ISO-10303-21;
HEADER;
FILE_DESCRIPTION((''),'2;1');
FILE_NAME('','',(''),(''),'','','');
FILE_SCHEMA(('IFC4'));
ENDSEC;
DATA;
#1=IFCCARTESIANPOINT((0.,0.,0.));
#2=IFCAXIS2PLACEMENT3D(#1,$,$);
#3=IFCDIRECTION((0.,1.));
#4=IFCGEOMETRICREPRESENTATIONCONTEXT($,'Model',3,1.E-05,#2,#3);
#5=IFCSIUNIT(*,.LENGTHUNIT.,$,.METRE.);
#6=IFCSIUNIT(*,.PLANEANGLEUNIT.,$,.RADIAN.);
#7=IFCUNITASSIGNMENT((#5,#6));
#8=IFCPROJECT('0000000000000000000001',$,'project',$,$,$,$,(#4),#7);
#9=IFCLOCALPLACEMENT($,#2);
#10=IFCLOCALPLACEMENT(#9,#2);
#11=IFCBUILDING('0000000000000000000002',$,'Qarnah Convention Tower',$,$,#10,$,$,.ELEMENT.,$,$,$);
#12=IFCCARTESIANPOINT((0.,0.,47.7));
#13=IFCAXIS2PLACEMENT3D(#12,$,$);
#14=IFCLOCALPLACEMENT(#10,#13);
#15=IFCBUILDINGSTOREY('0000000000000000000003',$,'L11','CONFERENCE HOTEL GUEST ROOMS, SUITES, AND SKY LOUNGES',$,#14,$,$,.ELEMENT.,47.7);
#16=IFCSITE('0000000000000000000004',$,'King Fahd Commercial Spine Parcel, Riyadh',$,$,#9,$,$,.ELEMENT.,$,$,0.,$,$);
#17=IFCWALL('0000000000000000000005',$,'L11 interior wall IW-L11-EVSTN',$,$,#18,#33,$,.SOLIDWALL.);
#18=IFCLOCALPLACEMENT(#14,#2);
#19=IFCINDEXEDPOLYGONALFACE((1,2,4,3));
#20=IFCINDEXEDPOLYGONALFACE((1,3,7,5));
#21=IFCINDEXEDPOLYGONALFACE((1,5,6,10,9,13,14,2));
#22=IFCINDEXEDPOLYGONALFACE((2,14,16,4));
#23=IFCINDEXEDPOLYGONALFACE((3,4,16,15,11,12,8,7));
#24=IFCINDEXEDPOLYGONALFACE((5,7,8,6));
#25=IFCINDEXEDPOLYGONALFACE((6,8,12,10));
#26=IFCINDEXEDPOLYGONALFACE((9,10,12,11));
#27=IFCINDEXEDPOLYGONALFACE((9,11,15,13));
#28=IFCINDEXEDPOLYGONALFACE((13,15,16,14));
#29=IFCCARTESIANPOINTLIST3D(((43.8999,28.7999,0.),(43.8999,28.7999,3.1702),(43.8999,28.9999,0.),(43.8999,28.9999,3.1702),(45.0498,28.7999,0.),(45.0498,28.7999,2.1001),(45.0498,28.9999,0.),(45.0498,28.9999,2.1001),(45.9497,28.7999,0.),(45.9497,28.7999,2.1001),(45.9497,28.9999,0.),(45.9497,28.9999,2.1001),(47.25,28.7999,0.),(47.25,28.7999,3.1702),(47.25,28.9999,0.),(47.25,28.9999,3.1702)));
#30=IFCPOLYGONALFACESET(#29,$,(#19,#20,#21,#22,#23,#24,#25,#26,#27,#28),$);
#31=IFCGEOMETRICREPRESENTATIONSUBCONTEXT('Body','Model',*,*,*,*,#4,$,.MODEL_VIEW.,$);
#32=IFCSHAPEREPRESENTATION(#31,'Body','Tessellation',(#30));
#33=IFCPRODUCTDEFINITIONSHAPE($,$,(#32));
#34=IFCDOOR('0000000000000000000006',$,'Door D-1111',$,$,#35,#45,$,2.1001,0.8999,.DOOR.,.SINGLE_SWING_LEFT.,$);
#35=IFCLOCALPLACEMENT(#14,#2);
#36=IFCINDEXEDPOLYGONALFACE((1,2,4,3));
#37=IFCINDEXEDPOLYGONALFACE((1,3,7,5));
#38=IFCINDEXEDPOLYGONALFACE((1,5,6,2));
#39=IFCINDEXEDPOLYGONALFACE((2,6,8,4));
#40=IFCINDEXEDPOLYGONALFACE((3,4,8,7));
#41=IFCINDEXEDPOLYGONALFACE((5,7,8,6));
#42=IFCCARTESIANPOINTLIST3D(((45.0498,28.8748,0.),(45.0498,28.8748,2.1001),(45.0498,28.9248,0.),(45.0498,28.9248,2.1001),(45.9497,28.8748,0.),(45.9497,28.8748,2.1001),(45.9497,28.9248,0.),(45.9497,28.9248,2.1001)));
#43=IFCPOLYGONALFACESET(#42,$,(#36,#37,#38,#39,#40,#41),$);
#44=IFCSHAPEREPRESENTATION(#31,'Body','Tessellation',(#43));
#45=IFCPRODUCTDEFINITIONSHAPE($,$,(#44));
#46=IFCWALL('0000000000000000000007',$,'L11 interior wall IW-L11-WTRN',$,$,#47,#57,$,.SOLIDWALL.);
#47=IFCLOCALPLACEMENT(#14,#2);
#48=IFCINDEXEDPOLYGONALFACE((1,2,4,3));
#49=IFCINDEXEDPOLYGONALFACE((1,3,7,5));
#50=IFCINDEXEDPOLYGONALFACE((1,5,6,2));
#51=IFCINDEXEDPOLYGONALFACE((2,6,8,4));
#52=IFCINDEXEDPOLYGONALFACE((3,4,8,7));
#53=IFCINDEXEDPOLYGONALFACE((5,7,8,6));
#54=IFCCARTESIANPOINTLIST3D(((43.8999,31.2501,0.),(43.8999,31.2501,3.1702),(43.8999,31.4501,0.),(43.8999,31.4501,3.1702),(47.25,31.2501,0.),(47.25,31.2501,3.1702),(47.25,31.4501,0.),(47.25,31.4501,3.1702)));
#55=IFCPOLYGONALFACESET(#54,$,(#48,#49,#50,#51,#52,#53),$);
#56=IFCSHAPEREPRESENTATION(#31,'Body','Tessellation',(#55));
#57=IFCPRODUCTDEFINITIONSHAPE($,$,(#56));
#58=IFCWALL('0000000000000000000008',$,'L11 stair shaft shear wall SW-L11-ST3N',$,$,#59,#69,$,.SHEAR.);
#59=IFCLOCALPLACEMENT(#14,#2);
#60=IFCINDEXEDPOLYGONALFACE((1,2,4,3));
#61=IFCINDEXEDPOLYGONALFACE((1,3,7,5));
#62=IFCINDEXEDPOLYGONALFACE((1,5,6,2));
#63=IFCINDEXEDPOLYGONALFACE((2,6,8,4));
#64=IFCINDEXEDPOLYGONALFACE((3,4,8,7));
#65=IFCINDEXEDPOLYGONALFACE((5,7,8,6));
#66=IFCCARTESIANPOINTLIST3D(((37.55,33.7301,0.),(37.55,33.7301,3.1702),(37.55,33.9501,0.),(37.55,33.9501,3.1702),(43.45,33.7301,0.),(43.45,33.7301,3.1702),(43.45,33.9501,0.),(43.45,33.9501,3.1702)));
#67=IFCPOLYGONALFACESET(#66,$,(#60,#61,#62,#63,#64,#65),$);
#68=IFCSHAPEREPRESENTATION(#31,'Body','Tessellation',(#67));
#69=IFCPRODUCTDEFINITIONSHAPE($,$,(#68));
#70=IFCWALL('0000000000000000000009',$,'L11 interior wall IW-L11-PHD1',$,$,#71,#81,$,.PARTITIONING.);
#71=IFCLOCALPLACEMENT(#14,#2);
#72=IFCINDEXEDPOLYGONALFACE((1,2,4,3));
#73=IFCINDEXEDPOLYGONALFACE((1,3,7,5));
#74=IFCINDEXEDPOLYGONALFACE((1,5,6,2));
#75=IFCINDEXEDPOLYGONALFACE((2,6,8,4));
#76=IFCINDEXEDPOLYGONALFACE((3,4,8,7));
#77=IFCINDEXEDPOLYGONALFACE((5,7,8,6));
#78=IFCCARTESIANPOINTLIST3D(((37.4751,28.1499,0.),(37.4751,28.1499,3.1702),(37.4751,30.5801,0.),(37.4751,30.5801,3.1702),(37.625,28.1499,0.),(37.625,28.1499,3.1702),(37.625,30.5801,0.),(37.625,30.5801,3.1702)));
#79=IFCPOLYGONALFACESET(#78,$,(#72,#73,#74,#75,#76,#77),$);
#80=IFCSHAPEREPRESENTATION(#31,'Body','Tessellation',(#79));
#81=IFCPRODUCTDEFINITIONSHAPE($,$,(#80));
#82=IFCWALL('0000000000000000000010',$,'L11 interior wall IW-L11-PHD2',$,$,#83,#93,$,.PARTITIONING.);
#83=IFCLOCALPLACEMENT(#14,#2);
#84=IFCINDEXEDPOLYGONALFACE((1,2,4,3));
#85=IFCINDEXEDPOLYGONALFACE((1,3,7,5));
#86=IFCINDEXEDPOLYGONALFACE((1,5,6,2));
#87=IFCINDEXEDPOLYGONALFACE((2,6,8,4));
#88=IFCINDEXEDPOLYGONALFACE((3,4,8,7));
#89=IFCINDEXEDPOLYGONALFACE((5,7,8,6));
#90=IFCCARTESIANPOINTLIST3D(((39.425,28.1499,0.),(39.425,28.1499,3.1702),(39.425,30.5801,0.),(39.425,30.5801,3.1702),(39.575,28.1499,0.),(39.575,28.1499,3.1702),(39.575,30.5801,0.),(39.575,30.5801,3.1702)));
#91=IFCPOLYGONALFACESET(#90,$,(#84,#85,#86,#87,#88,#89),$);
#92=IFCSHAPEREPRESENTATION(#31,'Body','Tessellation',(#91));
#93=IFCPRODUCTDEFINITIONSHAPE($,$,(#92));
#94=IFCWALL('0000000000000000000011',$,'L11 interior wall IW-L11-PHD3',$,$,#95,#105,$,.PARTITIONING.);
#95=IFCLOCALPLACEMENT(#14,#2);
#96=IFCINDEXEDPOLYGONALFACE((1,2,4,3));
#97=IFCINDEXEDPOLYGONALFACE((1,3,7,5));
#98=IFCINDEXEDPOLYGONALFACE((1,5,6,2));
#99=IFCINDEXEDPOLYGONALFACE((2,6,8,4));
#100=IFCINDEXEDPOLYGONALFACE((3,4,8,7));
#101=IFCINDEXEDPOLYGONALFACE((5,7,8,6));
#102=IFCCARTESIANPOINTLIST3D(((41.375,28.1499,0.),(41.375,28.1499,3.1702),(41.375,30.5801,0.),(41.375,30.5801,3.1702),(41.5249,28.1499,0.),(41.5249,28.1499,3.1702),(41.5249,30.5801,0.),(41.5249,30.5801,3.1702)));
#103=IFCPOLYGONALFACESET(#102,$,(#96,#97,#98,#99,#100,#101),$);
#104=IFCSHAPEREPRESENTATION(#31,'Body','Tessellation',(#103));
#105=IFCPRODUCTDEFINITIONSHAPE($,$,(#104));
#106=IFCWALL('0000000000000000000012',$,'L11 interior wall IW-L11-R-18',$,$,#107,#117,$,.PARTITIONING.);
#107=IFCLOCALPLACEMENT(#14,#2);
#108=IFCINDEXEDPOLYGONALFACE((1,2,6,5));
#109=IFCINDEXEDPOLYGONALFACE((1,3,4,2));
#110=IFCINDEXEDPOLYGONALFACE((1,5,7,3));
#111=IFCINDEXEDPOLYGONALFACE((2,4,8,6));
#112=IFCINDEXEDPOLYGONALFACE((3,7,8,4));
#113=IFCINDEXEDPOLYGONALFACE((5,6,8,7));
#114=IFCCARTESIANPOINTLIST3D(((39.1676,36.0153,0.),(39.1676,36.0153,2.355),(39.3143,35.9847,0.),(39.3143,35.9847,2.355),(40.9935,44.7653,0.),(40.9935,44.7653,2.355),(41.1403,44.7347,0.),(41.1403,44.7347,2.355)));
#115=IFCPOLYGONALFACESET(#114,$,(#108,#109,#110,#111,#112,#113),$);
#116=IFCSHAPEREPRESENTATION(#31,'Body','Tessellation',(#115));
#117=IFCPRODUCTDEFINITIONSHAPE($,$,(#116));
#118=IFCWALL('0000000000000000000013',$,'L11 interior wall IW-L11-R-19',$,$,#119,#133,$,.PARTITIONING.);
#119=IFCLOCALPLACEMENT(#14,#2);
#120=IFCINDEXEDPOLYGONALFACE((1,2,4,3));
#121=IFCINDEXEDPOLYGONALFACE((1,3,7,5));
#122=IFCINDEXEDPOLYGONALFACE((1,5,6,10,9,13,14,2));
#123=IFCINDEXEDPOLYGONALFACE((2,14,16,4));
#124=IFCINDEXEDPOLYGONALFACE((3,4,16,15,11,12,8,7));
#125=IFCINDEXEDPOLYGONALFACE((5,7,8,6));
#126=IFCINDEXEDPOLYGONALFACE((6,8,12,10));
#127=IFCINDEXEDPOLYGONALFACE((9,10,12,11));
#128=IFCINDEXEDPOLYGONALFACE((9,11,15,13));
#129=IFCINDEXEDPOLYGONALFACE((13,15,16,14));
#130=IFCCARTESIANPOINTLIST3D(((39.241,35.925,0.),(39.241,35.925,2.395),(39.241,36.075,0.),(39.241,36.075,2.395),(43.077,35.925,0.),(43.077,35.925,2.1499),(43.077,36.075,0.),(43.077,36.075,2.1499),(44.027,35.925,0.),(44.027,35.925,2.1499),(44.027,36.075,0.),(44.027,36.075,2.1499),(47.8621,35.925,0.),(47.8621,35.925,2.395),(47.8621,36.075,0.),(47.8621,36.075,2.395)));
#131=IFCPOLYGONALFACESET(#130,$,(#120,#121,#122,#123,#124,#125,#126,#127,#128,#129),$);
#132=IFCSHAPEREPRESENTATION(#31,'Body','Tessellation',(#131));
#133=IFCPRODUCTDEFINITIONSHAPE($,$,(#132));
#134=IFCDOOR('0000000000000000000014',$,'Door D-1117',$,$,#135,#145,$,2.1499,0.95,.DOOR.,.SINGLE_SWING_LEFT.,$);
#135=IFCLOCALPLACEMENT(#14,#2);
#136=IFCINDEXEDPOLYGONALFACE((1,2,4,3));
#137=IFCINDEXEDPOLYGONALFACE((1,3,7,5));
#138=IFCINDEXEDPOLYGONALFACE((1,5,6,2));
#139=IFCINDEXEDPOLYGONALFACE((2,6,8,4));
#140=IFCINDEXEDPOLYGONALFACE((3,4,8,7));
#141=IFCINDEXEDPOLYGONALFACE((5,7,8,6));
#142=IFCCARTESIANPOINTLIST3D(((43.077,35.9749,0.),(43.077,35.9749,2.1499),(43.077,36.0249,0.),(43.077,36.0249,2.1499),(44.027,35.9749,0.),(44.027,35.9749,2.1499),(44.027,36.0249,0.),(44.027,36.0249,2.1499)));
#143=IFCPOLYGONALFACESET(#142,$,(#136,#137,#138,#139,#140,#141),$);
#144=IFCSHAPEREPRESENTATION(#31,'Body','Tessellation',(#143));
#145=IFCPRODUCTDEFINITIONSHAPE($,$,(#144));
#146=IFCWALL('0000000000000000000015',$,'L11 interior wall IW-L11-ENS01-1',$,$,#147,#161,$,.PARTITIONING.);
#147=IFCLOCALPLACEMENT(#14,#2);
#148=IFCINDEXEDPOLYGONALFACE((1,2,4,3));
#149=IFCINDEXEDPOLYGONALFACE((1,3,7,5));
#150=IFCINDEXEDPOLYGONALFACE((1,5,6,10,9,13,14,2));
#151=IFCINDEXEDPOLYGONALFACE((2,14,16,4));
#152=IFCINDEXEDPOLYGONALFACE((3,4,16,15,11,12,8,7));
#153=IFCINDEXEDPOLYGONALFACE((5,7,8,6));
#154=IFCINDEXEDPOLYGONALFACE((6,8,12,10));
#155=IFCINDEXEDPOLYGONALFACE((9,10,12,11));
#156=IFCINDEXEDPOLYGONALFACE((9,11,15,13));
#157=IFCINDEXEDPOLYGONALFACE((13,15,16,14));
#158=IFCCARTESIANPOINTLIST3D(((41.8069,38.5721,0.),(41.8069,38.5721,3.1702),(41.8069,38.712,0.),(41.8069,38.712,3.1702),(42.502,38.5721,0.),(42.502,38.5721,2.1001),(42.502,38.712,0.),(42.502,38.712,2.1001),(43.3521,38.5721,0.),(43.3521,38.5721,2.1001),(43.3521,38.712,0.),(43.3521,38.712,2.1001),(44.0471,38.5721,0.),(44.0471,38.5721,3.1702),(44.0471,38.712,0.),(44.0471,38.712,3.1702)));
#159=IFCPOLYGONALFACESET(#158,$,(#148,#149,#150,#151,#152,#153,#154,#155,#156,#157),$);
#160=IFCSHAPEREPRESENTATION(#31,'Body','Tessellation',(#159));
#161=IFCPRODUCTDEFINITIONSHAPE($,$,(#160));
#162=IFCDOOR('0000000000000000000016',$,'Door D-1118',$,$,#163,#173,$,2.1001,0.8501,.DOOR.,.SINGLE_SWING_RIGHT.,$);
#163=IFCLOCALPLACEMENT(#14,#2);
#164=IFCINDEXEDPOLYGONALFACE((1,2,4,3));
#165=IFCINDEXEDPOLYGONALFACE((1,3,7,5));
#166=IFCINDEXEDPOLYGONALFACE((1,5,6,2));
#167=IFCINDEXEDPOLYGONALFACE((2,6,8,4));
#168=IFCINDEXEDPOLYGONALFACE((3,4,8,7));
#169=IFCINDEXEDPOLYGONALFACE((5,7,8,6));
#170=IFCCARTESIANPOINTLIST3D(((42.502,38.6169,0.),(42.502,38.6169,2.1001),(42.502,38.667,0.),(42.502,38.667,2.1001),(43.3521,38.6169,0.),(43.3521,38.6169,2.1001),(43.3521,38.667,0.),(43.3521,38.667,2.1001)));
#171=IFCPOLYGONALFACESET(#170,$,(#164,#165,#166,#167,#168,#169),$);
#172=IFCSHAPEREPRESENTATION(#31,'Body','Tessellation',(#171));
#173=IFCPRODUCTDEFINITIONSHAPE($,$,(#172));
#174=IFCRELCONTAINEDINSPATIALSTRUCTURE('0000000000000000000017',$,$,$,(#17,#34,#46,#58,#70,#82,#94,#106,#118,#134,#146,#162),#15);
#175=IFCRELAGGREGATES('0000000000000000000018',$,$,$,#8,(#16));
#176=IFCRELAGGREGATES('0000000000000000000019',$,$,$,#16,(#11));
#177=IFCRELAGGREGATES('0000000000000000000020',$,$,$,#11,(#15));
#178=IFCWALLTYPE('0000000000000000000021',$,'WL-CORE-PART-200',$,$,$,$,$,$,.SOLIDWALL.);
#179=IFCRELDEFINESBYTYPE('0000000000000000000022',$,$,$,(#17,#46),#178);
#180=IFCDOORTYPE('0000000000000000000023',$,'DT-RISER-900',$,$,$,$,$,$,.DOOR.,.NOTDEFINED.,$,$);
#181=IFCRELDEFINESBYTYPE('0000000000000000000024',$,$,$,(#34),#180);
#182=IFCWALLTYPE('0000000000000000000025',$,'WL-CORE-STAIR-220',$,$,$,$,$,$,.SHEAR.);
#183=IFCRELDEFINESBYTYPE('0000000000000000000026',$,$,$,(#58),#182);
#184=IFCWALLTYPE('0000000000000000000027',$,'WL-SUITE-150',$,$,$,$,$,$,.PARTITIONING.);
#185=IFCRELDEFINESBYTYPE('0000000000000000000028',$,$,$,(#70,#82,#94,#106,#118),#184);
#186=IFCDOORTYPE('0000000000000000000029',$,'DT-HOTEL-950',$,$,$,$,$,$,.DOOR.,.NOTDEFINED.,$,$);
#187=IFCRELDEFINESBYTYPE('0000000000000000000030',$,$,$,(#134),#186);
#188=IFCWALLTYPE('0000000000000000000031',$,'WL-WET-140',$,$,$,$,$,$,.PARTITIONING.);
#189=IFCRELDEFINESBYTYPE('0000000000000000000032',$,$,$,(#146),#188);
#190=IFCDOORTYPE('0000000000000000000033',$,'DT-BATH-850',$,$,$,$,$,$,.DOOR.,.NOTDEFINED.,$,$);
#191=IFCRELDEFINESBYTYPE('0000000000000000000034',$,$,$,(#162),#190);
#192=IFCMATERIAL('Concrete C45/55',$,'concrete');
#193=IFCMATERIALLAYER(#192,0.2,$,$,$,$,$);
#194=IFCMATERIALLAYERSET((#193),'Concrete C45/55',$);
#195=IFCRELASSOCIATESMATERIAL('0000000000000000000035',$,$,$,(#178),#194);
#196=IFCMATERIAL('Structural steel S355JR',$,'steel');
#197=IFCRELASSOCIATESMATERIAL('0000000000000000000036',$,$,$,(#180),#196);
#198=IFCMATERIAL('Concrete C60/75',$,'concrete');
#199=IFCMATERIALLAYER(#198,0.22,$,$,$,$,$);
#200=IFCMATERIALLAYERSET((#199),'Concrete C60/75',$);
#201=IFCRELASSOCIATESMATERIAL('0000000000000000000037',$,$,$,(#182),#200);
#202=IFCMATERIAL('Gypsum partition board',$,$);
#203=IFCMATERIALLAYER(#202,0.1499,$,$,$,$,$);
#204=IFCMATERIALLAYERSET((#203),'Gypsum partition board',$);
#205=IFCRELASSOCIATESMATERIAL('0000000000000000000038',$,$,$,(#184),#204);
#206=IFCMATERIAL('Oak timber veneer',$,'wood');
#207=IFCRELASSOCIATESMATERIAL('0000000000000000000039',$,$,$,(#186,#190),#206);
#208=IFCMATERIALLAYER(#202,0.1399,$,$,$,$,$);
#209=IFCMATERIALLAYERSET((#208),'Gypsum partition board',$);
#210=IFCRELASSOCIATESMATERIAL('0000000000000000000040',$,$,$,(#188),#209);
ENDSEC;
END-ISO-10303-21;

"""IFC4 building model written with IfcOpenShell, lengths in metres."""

from ifc_helpers import new_model, si_unit, direction, frame, frame_2d, origin, place, context, subcontext, project, spatial, rectangle, extrude, material, layer, layer_set, type_object, element, fill, save


model = new_model("IFC4")

# Units and contexts
model_context = context("Model", 3, precision=1e-05, world=origin(), true_north=direction((0.0, 1.0)))
body_context = subcontext(model_context, "Body", "Model", "MODEL_VIEW")
ifc_project = project(units=[si_unit("LENGTHUNIT", "METRE"), si_unit("PLANEANGLEUNIT", "RADIAN")], contexts=[model_context])

# Site, building, storey
site_placement = place(None, origin())
site = spatial("IfcSite", under=ifc_project, at=site_placement, Name="King Fahd Commercial Spine Parcel, Riyadh", CompositionType="ELEMENT", RefElevation=0.0)
building_placement = place(site_placement, origin())
building = spatial("IfcBuilding", under=site, at=building_placement, Name="Qarnah Convention Tower", CompositionType="ELEMENT")
storey_placement = place(building_placement, frame((0.0, 0.0, 47.7)))
storey = spatial("IfcBuildingStorey", under=building, at=storey_placement, Name="L11", Description="CONFERENCE HOTEL GUEST ROOMS, SUITES, AND SKY LOUNGES", CompositionType="ELEMENT", Elevation=47.7)

# Shared definitions
ifc_material_1 = material(Name="Structural steel S355JR", Category="steel")

# Wall, opening, door
ifc_material_2 = material(Name="Concrete C45/55", Category="concrete")
ifc_layer_1 = layer(ifc_material_2, 0.2)
ifc_layer_set_1 = layer_set([ifc_layer_1], Name="Concrete C45/55")
wall_type_1 = type_object("IfcWallType", Name="WL-CORE-PART-200", PredefinedType="SOLIDWALL", material=ifc_layer_set_1)
wall_1_placement = place(storey_placement, frame((43.8999, 28.8999, 0.0), z_axis=(0.0, 0.0, 1.0), x_axis=(1.0, 0.0, 0.0)))
wall_1 = element("IfcWall", 1, at=wall_1_placement, inside=storey, type_object=wall_type_1, Name="L11 interior wall IW-L11-EVSTN", PredefinedType="SOLIDWALL", context=body_context, shape_type="SweptSolid", body=[
    extrude(rectangle(XDim=3.3501, YDim=0.2, at=frame_2d((1.675, 0.0))), origin(), (0.0, 0.0, 1.0), 3.1702),
])
opening_1_placement = place(wall_1_placement, frame((1.1499, 0.0, 0.0)))
opening_1 = element("IfcOpeningElement", 2, at=opening_1_placement, cuts=wall_1, PredefinedType="OPENING", context=body_context, shape_type="SweptSolid", body=[
    extrude(rectangle(XDim=0.8999, YDim=2.1001, at=frame_2d((0.45, 1.05))), frame((0.0, 0.1099, 0.0), z_axis=(0.0, -1.0, 0.0), x_axis=(1.0, 0.0, 0.0)), (0.0, 0.0, 1.0), 0.22),
])
door_type_1 = type_object("IfcDoorType", Name="DT-RISER-900", OperationType="NOTDEFINED", PredefinedType="DOOR", material=ifc_material_1)
door_1_placement = place(opening_1_placement, origin())
door_1 = element("IfcDoor", 3, at=door_1_placement, inside=storey, type_object=door_type_1, Name="Door D-1111", OperationType="SINGLE_SWING_LEFT", OverallHeight=2.1001, OverallWidth=0.8999, PredefinedType="DOOR", context=body_context, shape_type="SweptSolid", body=[
    extrude(rectangle(XDim=0.8999, YDim=2.1001, at=frame_2d((0.45, 1.05))), frame((0.0, 0.0249, 0.0), z_axis=(0.0, -1.0, 0.0), x_axis=(1.0, 0.0, 0.0)), (0.0, 0.0, 1.0), 0.05),
])
fill(opening_1, door_1)

# Walls
wall_2_placement = place(storey_placement, frame((43.8999, 31.3501, 0.0), z_axis=(0.0, 0.0, 1.0), x_axis=(1.0, 0.0, 0.0)))
element("IfcWall", 4, at=wall_2_placement, inside=storey, type_object=wall_type_1, Name="L11 interior wall IW-L11-WTRN", PredefinedType="SOLIDWALL", context=body_context, shape_type="SweptSolid", body=[
    extrude(rectangle(XDim=3.3501, YDim=0.2, at=frame_2d((1.675, 0.0))), origin(), (0.0, 0.0, 1.0), 3.1702),
])
ifc_material_3 = material(Name="Concrete C60/75", Category="concrete")
ifc_layer_2 = layer(ifc_material_3, 0.22)
ifc_layer_set_2 = layer_set([ifc_layer_2], Name="Concrete C60/75")
wall_type_2 = type_object("IfcWallType", Name="WL-CORE-STAIR-220", PredefinedType="SHEAR", material=ifc_layer_set_2)
wall_3_placement = place(storey_placement, frame((37.55, 33.8401, 0.0), z_axis=(0.0, 0.0, 1.0), x_axis=(1.0, 0.0, 0.0)))
element("IfcWall", 5, at=wall_3_placement, inside=storey, type_object=wall_type_2, Name="L11 stair shaft shear wall SW-L11-ST3N", PredefinedType="SHEAR", context=body_context, shape_type="SweptSolid", body=[
    extrude(rectangle(XDim=5.8999, YDim=0.22, at=frame_2d((2.95, 0.0))), origin(), (0.0, 0.0, 1.0), 3.1702),
])
ifc_material_4 = material(Name="Gypsum partition board")
ifc_layer_3 = layer(ifc_material_4, 0.1499)
ifc_layer_set_3 = layer_set([ifc_layer_3], Name="Gypsum partition board")
wall_type_3 = type_object("IfcWallType", Name="WL-SUITE-150", PredefinedType="PARTITIONING", material=ifc_layer_set_3)
for number, where, z_axis, x_axis, name in (
    (6, (37.55, 28.1499, 0.0), (0.0, 0.0, 1.0), (0.0, 1.0, 0.0), "L11 interior wall IW-L11-PHD1"),
    (7, (39.5, 28.1499, 0.0), (0.0, 0.0, 1.0), (0.0, 1.0, 0.0), "L11 interior wall IW-L11-PHD2"),
    (8, (41.45, 28.1499, 0.0), (0.0, 0.0, 1.0), (0.0, 1.0, 0.0), "L11 interior wall IW-L11-PHD3"),
):
    element("IfcWall", number, at=place(storey_placement, frame(where, z_axis=z_axis, x_axis=x_axis)), inside=storey, type_object=wall_type_3, Name=name, PredefinedType="PARTITIONING", context=body_context, shape_type="SweptSolid", body=[
        extrude(rectangle(XDim=2.4302, YDim=0.1499, at=frame_2d((1.2151, 0.0))), origin(), (0.0, 0.0, 1.0), 3.1702),
    ])
wall_4_placement = place(storey_placement, frame((41.0669, 44.75, 0.0), z_axis=(0.0, 0.0, 1.0), x_axis=(-0.204277, -0.978913, 0.0)))
element("IfcWall", 9, at=wall_4_placement, inside=storey, type_object=wall_type_3, Name="L11 interior wall IW-L11-R-18", PredefinedType="PARTITIONING", context=body_context, shape_type="SweptSolid", body=[
    extrude(rectangle(XDim=8.9385, YDim=0.1499, at=frame_2d((4.4692, 0.0))), origin(), (0.0, 0.0, 1.0), 2.355),
])

# Walls, openings, doors
wall_5_placement = place(storey_placement, frame((39.241, 36.0, 0.0), z_axis=(0.0, 0.0, 1.0), x_axis=(1.0, 0.0, 0.0)))
wall_5 = element("IfcWall", 10, at=wall_5_placement, inside=storey, type_object=wall_type_3, Name="L11 interior wall IW-L11-R-19", PredefinedType="PARTITIONING", context=body_context, shape_type="SweptSolid", body=[
    extrude(rectangle(XDim=8.6211, YDim=0.1499, at=frame_2d((4.3105, 0.0))), origin(), (0.0, 0.0, 1.0), 2.395),
])
opening_2_placement = place(wall_5_placement, frame((3.8359, 0.0, 0.0)))
opening_2 = element("IfcOpeningElement", 11, at=opening_2_placement, cuts=wall_5, PredefinedType="OPENING", context=body_context, shape_type="SweptSolid", body=[
    extrude(rectangle(XDim=0.95, YDim=2.1499, at=frame_2d((0.4751, 1.075))), frame((0.0, 0.085, 0.0), z_axis=(0.0, -1.0, 0.0), x_axis=(1.0, 0.0, 0.0)), (0.0, 0.0, 1.0), 0.1699),
])
ifc_material_5 = material(Name="Oak timber veneer", Category="wood")
door_type_2 = type_object("IfcDoorType", Name="DT-HOTEL-950", OperationType="NOTDEFINED", PredefinedType="DOOR", material=ifc_material_5)
door_2_placement = place(opening_2_placement, origin())
door_2 = element("IfcDoor", 12, at=door_2_placement, inside=storey, type_object=door_type_2, Name="Door D-1117", OperationType="SINGLE_SWING_LEFT", OverallHeight=2.1499, OverallWidth=0.95, PredefinedType="DOOR", context=body_context, shape_type="SweptSolid", body=[
    extrude(rectangle(XDim=0.95, YDim=2.1499, at=frame_2d((0.4751, 1.075))), frame((0.0, 0.0249, 0.0), z_axis=(0.0, -1.0, 0.0), x_axis=(1.0, 0.0, 0.0)), (0.0, 0.0, 1.0), 0.05),
])
fill(opening_2, door_2)
ifc_layer_4 = layer(ifc_material_4, 0.1399)
ifc_layer_set_4 = layer_set([ifc_layer_4], Name="Gypsum partition board")
wall_type_4 = type_object("IfcWallType", Name="WL-WET-140", PredefinedType="PARTITIONING", material=ifc_layer_set_4)
wall_6_placement = place(storey_placement, frame((41.8069, 38.6421, 0.0), z_axis=(0.0, 0.0, 1.0), x_axis=(1.0, 0.0, 0.0)))
wall_6 = element("IfcWall", 13, at=wall_6_placement, inside=storey, type_object=wall_type_4, Name="L11 interior wall IW-L11-ENS01-1", PredefinedType="PARTITIONING", context=body_context, shape_type="SweptSolid", body=[
    extrude(rectangle(XDim=2.2402, YDim=0.1399, at=frame_2d((1.1201, 0.0))), origin(), (0.0, 0.0, 1.0), 3.1702),
])
opening_3_placement = place(wall_6_placement, frame((0.6951, 0.0, 0.0)))
opening_3 = element("IfcOpeningElement", 14, at=opening_3_placement, cuts=wall_6, PredefinedType="OPENING", context=body_context, shape_type="SweptSolid", body=[
    extrude(rectangle(XDim=0.8501, YDim=2.1001, at=frame_2d((0.425, 1.05))), frame((0.0, 0.0798, 0.0), z_axis=(0.0, -1.0, 0.0), x_axis=(1.0, 0.0, 0.0)), (0.0, 0.0, 1.0), 0.1599),
])
door_type_3 = type_object("IfcDoorType", Name="DT-BATH-850", OperationType="NOTDEFINED", PredefinedType="DOOR", material=ifc_material_5)
door_3_placement = place(opening_3_placement, origin())
door_3 = element("IfcDoor", 15, at=door_3_placement, inside=storey, type_object=door_type_3, Name="Door D-1118", OperationType="SINGLE_SWING_RIGHT", OverallHeight=2.1001, OverallWidth=0.8501, PredefinedType="DOOR", context=body_context, shape_type="SweptSolid", body=[
    extrude(rectangle(XDim=0.8501, YDim=2.1001, at=frame_2d((0.425, 1.05))), frame((0.0, 0.0249, 0.0), z_axis=(0.0, -1.0, 0.0), x_axis=(1.0, 0.0, 0.0)), (0.0, 0.0, 1.0), 0.05),
])
fill(opening_3, door_3)

save(model, "model.ifc")
